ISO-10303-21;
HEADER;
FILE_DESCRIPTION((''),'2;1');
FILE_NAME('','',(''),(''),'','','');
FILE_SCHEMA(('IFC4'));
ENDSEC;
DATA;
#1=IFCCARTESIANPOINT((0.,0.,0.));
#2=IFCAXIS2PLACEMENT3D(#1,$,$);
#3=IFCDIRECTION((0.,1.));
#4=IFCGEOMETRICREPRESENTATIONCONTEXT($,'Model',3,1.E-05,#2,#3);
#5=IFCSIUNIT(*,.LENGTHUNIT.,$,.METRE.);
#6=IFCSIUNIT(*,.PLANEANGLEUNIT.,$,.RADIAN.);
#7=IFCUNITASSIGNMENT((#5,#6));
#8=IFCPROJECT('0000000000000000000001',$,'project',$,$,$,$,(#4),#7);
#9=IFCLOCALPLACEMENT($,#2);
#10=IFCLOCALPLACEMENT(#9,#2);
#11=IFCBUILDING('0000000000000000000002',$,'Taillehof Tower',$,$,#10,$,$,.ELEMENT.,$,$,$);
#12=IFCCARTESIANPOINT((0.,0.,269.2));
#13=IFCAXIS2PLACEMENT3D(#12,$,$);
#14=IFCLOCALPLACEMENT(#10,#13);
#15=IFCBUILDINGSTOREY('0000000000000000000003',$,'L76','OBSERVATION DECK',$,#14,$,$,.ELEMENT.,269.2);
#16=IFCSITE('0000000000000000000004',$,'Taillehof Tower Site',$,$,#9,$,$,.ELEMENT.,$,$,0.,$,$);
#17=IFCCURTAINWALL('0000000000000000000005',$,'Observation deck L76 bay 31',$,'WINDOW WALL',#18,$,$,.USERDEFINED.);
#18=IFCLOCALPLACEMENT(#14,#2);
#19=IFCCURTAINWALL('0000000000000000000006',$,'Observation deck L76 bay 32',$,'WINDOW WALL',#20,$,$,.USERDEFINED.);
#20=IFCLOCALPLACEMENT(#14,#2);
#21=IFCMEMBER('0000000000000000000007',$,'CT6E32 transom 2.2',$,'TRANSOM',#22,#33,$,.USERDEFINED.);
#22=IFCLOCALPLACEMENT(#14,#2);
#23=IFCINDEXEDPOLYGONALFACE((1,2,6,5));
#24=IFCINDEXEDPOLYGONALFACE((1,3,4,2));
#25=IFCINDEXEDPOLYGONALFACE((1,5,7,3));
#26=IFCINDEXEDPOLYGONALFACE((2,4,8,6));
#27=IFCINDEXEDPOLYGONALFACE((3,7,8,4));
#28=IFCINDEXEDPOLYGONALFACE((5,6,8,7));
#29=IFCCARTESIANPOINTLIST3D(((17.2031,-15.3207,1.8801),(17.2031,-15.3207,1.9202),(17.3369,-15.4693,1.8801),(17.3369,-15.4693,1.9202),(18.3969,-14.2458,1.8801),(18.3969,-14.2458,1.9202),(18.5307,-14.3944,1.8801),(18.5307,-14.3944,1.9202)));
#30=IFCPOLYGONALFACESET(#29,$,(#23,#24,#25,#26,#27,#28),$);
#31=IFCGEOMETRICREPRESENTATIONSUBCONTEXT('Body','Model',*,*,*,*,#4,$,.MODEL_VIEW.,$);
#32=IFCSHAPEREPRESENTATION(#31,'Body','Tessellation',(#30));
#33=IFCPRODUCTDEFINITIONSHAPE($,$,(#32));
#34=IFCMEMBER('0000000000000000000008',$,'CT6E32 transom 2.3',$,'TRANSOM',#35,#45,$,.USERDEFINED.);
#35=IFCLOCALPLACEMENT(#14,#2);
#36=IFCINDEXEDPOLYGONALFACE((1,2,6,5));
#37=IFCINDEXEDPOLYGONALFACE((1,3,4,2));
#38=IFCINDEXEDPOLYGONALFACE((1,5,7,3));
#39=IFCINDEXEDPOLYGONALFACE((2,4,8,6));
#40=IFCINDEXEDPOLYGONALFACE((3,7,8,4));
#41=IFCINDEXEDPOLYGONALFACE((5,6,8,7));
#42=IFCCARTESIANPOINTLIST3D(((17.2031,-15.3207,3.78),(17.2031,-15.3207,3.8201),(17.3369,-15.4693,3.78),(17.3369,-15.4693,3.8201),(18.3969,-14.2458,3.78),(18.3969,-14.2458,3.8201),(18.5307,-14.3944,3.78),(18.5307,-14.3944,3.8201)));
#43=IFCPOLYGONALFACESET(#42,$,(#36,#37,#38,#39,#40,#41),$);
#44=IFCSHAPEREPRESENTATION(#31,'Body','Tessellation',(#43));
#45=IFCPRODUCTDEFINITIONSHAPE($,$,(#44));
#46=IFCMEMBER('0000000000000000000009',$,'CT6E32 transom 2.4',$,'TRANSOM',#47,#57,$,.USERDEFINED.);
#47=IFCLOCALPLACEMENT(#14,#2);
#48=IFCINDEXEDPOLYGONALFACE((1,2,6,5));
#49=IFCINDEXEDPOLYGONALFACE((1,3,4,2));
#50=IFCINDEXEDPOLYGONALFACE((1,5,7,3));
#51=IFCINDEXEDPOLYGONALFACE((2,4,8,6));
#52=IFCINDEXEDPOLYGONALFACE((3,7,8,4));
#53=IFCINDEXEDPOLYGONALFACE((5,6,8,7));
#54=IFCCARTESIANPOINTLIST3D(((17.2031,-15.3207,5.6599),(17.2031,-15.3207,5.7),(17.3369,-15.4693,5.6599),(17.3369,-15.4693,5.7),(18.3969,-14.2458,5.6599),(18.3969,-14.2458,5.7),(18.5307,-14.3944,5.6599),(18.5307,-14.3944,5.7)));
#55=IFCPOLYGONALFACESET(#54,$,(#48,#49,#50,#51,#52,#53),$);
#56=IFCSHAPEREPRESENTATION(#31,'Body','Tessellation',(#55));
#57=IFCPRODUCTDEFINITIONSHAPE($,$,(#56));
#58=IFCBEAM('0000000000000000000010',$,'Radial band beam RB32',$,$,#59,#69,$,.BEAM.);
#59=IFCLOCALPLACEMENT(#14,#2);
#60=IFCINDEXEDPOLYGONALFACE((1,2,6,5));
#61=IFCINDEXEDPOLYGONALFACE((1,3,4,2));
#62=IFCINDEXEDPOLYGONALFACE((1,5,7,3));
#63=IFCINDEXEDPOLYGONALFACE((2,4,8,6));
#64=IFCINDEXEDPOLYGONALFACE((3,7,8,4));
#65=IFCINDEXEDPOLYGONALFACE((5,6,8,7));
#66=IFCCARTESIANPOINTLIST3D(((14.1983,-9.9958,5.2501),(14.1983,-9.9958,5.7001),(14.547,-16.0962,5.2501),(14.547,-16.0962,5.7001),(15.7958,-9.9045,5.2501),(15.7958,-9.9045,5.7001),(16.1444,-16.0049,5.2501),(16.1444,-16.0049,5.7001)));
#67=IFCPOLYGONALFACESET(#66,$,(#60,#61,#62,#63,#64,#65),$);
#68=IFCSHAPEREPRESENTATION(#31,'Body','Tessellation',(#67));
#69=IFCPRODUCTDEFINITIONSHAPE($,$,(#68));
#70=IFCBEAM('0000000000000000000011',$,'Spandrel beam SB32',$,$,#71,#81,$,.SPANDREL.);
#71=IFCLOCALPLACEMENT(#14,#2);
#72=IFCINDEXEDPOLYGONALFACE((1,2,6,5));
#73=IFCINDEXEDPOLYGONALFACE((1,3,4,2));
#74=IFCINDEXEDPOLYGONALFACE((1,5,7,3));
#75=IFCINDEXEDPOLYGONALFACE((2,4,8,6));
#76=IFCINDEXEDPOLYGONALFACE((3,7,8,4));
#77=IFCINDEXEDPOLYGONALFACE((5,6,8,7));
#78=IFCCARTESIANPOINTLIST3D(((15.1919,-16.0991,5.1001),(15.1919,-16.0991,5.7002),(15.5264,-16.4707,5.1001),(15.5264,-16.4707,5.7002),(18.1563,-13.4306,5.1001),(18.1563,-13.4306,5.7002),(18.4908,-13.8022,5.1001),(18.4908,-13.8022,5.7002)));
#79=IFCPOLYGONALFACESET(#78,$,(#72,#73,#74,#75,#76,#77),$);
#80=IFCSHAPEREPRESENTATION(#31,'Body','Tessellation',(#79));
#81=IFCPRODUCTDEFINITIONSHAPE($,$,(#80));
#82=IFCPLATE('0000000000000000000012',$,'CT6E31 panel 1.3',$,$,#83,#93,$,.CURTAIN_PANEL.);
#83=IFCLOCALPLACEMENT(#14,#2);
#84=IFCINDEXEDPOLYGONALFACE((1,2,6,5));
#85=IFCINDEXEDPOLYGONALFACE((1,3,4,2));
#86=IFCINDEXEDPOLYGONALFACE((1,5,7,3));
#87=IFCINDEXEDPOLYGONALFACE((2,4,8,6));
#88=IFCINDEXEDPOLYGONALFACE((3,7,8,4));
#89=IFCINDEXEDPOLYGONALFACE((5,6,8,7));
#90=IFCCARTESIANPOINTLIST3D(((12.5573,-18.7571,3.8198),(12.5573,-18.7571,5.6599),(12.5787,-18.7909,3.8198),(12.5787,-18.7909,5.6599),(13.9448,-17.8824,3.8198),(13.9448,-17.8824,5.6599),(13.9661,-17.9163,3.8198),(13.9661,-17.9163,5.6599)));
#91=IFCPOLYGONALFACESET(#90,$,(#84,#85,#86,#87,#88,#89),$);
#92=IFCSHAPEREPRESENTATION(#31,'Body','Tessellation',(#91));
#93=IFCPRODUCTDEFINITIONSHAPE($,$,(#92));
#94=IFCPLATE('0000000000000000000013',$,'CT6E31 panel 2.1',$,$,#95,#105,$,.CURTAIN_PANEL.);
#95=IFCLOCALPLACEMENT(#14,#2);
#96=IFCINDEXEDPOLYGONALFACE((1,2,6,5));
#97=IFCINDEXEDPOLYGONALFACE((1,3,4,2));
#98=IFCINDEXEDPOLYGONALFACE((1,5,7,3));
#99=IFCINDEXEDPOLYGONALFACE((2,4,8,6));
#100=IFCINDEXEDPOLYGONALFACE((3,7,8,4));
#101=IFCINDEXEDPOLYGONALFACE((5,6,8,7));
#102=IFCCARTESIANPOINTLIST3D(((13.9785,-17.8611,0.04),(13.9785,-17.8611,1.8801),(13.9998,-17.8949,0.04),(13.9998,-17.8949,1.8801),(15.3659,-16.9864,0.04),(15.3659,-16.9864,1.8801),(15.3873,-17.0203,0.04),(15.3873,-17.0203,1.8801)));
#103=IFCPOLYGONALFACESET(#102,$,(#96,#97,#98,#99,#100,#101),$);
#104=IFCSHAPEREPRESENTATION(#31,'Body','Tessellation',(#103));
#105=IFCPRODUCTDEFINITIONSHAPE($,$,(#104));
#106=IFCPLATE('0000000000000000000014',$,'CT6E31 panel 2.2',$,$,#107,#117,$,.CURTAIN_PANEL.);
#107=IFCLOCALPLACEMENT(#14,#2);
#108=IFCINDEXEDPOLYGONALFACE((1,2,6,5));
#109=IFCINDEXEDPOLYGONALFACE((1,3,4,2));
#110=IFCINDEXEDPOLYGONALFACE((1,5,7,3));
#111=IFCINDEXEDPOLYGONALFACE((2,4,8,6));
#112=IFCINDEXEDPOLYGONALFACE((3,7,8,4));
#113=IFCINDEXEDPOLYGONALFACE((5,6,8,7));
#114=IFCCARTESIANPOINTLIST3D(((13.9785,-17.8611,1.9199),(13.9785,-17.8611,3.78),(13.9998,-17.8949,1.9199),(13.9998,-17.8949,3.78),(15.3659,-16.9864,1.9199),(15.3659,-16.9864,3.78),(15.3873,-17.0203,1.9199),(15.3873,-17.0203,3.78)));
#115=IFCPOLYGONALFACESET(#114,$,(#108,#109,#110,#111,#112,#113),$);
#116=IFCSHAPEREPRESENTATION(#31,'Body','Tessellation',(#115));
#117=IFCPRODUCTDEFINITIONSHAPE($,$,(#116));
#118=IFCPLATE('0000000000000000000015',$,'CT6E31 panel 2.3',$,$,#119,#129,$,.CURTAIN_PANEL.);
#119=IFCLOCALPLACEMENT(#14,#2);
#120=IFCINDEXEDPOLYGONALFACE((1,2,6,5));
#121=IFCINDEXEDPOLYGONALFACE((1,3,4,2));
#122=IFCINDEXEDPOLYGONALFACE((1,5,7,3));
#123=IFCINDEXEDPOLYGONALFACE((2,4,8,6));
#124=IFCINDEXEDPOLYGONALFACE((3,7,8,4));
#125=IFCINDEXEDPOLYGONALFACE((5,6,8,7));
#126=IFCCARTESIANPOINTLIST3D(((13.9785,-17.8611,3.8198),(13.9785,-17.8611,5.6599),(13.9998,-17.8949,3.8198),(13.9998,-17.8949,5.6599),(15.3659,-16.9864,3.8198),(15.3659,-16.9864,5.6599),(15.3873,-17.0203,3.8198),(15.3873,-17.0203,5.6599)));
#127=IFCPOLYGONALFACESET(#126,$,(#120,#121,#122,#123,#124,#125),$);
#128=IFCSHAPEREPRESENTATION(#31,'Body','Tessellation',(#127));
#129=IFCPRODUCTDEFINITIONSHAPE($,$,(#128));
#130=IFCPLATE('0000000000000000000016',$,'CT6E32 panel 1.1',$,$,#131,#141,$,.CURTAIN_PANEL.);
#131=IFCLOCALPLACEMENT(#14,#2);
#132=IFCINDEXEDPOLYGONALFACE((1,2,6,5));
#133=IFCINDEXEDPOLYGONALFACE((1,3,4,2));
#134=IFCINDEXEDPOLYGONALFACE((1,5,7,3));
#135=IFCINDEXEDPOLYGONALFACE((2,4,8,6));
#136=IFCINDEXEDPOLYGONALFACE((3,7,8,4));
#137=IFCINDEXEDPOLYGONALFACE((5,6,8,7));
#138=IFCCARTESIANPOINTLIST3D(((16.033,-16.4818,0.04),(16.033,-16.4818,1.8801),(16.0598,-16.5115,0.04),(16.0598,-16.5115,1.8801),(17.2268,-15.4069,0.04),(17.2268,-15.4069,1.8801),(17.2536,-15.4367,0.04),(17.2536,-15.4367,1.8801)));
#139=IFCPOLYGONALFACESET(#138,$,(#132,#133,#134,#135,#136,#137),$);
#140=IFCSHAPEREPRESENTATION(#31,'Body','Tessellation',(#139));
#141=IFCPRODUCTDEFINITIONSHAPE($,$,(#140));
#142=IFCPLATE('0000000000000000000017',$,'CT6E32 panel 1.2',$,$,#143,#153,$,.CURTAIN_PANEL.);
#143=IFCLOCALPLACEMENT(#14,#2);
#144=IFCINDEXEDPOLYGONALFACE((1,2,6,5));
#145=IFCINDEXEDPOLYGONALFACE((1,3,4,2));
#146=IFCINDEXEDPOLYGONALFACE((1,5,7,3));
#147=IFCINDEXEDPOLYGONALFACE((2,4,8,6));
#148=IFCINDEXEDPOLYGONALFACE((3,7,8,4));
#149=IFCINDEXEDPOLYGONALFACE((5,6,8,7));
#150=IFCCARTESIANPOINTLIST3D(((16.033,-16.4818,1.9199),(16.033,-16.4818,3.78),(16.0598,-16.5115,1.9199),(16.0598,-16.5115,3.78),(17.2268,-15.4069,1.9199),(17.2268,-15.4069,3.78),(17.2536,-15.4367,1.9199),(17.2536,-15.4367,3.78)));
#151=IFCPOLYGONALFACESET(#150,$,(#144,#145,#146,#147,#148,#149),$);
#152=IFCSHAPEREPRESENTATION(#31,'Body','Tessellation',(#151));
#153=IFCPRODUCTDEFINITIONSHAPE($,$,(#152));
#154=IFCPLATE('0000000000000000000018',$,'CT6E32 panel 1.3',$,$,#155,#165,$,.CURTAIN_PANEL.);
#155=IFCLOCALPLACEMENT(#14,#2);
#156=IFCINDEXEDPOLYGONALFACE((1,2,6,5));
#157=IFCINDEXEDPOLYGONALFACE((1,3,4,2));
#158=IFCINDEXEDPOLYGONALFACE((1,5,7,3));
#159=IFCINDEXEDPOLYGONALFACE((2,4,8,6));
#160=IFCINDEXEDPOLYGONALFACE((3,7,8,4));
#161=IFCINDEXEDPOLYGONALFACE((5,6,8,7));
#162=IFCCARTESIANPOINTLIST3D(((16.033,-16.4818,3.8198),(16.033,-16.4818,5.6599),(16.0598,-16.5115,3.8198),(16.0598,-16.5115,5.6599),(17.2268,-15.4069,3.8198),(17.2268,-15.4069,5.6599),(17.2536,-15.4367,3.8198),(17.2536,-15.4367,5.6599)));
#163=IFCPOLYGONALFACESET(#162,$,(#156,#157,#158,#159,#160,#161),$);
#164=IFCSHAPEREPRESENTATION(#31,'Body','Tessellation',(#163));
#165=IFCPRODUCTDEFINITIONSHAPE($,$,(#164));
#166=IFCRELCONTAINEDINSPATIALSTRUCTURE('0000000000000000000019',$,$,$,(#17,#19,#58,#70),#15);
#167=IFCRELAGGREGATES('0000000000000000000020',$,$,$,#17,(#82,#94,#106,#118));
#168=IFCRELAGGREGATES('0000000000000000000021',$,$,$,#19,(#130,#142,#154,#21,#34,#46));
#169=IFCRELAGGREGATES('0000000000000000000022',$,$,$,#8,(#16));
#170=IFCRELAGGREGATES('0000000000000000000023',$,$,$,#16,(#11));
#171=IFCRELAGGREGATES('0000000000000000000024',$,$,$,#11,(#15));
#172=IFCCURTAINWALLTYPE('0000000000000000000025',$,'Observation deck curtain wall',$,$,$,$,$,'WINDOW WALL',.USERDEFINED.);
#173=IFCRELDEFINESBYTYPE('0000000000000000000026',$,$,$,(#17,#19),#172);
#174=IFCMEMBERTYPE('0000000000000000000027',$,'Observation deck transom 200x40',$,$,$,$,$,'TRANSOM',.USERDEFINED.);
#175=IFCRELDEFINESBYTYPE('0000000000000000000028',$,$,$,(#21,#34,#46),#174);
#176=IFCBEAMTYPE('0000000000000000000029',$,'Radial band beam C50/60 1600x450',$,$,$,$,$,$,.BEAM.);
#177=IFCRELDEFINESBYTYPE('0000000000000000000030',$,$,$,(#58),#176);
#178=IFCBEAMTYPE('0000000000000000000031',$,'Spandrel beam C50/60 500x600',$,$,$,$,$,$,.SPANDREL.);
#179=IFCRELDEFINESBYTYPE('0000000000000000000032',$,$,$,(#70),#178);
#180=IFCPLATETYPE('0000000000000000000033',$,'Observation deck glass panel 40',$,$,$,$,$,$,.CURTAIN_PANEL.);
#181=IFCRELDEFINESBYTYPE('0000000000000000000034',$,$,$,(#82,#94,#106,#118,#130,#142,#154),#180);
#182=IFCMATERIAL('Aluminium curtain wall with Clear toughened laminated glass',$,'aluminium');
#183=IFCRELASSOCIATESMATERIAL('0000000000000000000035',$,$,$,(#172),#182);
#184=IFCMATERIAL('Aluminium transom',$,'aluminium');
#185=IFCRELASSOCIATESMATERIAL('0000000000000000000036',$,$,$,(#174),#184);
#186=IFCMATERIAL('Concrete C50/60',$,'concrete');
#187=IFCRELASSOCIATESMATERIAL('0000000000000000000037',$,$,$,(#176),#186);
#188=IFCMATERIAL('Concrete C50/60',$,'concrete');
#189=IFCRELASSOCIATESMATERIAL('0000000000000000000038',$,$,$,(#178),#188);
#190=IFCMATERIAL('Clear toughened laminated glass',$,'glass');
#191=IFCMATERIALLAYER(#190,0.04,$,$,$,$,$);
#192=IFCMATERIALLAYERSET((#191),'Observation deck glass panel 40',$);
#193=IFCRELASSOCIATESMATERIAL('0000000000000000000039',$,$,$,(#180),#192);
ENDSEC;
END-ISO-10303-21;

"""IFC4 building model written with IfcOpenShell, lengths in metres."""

from ifc_helpers import new_model, si_unit, direction, frame, origin, origin_2d, place, context, subcontext, project, spatial, rectangle, extrude, material, layer, layer_set, material_profile, profile_set, type_object, element, aggregate, save


model = new_model("IFC4")

# Units and contexts
model_context = context("Model", 3, precision=1e-05, world=origin(), true_north=direction((0.0, 1.0)))
body_context = subcontext(model_context, "Body", "Model", "MODEL_VIEW")
ifc_project = project(units=[si_unit("LENGTHUNIT", "METRE"), si_unit("PLANEANGLEUNIT", "RADIAN")], contexts=[model_context])

# Site, building, storey
site_placement = place(None, origin())
site = spatial("IfcSite", under=ifc_project, at=site_placement, Name="Taillehof Tower Site", CompositionType="ELEMENT", RefElevation=0.0)
building_placement = place(site_placement, origin())
building = spatial("IfcBuilding", under=site, at=building_placement, Name="Taillehof Tower", CompositionType="ELEMENT")
storey_placement = place(building_placement, frame((0.0, 0.0, 269.2)))
storey = spatial("IfcBuildingStorey", under=building, at=storey_placement, Name="L76", Description="OBSERVATION DECK", CompositionType="ELEMENT", Elevation=269.2)

# Curtain walls
ifc_material_1 = material(Name="Aluminium curtain wall with Clear toughened laminated glass", Category="aluminium")
curtain_wall_type = type_object("IfcCurtainWallType", Name="Observation deck curtain wall", ElementType="WINDOW WALL", PredefinedType="USERDEFINED", material=ifc_material_1)
curtain_wall_1_placement = place(storey_placement, origin())
curtain_wall_1 = element("IfcCurtainWall", 1, at=curtain_wall_1_placement, inside=storey, type_object=curtain_wall_type, Name="Observation deck L76 bay 31", ObjectType="WINDOW WALL", PredefinedType="USERDEFINED")
curtain_wall_2_placement = place(storey_placement, origin())
curtain_wall_2 = element("IfcCurtainWall", 2, at=curtain_wall_2_placement, inside=storey, type_object=curtain_wall_type, Name="Observation deck L76 bay 32", ObjectType="WINDOW WALL", PredefinedType="USERDEFINED")

# Members
ifc_material_2 = material(Name="Aluminium transom", Category="aluminium")
ifc_material_profile_1 = material_profile(ifc_material_2, rectangle(XDim=0.2, YDim=0.04, at=origin_2d()), Name="AL 200x40")
ifc_profile_set_1 = profile_set([ifc_material_profile_1], Name="Aluminium transom")
member_type_1 = type_object("IfcMemberType", Name="Observation deck transom 200x40", ElementType="TRANSOM", PredefinedType="USERDEFINED", material=ifc_profile_set_1)
member_1_placement = place(storey_placement, frame((17.27, -15.395, 1.9001), z_axis=(0.743143, 0.669133, 0.0), x_axis=(-0.669133, 0.743143, 0.0)))
member_1 = element("IfcMember", 3, at=member_1_placement, type_object=member_type_1, Name="CT6E32 transom 2.2", ObjectType="TRANSOM", PredefinedType="USERDEFINED", context=body_context, shape_type="SweptSolid", body=[
    extrude(rectangle(XDim=0.2, YDim=0.04, at=origin_2d()), origin(), (0.0, 0.0, 1.0), 1.6064),
])
member_2_placement = place(storey_placement, frame((17.27, -15.395, 3.8), z_axis=(0.743143, 0.669133, 0.0), x_axis=(-0.669133, 0.743143, 0.0)))
member_2 = element("IfcMember", 4, at=member_2_placement, type_object=member_type_1, Name="CT6E32 transom 2.3", ObjectType="TRANSOM", PredefinedType="USERDEFINED", context=body_context, shape_type="SweptSolid", body=[
    extrude(rectangle(XDim=0.2, YDim=0.04, at=origin_2d()), origin(), (0.0, 0.0, 1.0), 1.6064),
])
member_3_placement = place(storey_placement, frame((17.27, -15.395, 5.6799), z_axis=(0.743143, 0.669133, 0.0), x_axis=(-0.669133, 0.743143, 0.0)))
member_3 = element("IfcMember", 5, at=member_3_placement, type_object=member_type_1, Name="CT6E32 transom 2.4", ObjectType="TRANSOM", PredefinedType="USERDEFINED", context=body_context, shape_type="SweptSolid", body=[
    extrude(rectangle(XDim=0.2, YDim=0.04, at=origin_2d()), origin(), (0.0, 0.0, 1.0), 1.6064),
])

# Beams
ifc_material_3 = material(Name="Concrete C50/60", Category="concrete")
ifc_material_profile_2 = material_profile(ifc_material_3, rectangle(XDim=1.6001, YDim=0.45, at=origin_2d()), Name="RC 1600x450")
ifc_profile_set_2 = profile_set([ifc_material_profile_2], Name="Concrete C50/60")
beam_type_1 = type_object("IfcBeamType", Name="Radial band beam C50/60 1600x450", PredefinedType="BEAM", material=ifc_profile_set_2)
beam_1_placement = place(storey_placement, frame((15.3457, -16.0505, 5.4751), z_axis=(-0.057057, 0.998371, 0.0), x_axis=(-0.998371, -0.057057, 0.0)))
element("IfcBeam", 6, at=beam_1_placement, inside=storey, type_object=beam_type_1, Name="Radial band beam RB32", PredefinedType="BEAM", context=body_context, shape_type="SweptSolid", body=[
    extrude(rectangle(XDim=1.6001, YDim=0.45, at=origin_2d()), origin(), (0.0, 0.0, 1.0), 6.1104),
])
ifc_material_4 = material(Name="Concrete C50/60", Category="concrete")
ifc_material_profile_3 = material_profile(ifc_material_4, rectangle(XDim=0.5, YDim=0.6001, at=origin_2d()), Name="RC 500x600")
ifc_profile_set_3 = profile_set([ifc_material_profile_3], Name="Concrete C50/60")
beam_type_2 = type_object("IfcBeamType", Name="Spandrel beam C50/60 500x600", PredefinedType="SPANDREL", material=ifc_profile_set_3)
beam_2_placement = place(storey_placement, frame((15.3591, -16.2849, 5.4001), z_axis=(0.743227, 0.669039, 0.0), x_axis=(-0.669039, 0.743227, 0.0)))
element("IfcBeam", 7, at=beam_2_placement, inside=storey, type_object=beam_type_2, Name="Spandrel beam SB32", PredefinedType="SPANDREL", context=body_context, shape_type="SweptSolid", body=[
    extrude(rectangle(XDim=0.5, YDim=0.6001, at=origin_2d()), origin(), (0.0, 0.0, 1.0), 3.9885),
])

# Plates
ifc_material_5 = material(Name="Clear toughened laminated glass", Category="glass")
ifc_layer = layer(ifc_material_5, 0.04)
ifc_layer_set = layer_set([ifc_layer], Name="Observation deck glass panel 40")
plate_type = type_object("IfcPlateType", Name="Observation deck glass panel 40", PredefinedType="CURTAIN_PANEL", material=ifc_layer_set)
plate_1_placement = place(storey_placement, frame((13.2617, -18.3367, 3.8198), z_axis=(0.0, 0.0, 1.0), x_axis=(0.84593, 0.533294, 0.0)))
plate_1 = element("IfcPlate", 8, at=plate_1_placement, type_object=plate_type, Name="CT6E31 panel 1.3", PredefinedType="CURTAIN_PANEL", context=body_context, shape_type="SweptSolid", body=[
    extrude(rectangle(XDim=1.6401, YDim=0.04, at=origin_2d()), origin(), (0.0, 0.0, 1.0), 1.8401),
])
plate_2_placement = place(storey_placement, frame((14.6829, -17.4407, 0.04), z_axis=(0.0, 0.0, 1.0), x_axis=(0.84593, 0.533294, 0.0)))
plate_2 = element("IfcPlate", 9, at=plate_2_placement, type_object=plate_type, Name="CT6E31 panel 2.1", PredefinedType="CURTAIN_PANEL", context=body_context, shape_type="SweptSolid", body=[
    extrude(rectangle(XDim=1.6401, YDim=0.04, at=origin_2d()), origin(), (0.0, 0.0, 1.0), 1.8401),
])
plate_3_placement = place(storey_placement, frame((14.6829, -17.4407, 1.9199), z_axis=(0.0, 0.0, 1.0), x_axis=(0.84593, 0.533294, 0.0)))
plate_3 = element("IfcPlate", 10, at=plate_3_placement, type_object=plate_type, Name="CT6E31 panel 2.2", PredefinedType="CURTAIN_PANEL", context=body_context, shape_type="SweptSolid", body=[
    extrude(rectangle(XDim=1.6401, YDim=0.04, at=origin_2d()), origin(), (0.0, 0.0, 1.0), 1.8601),
])
plate_4_placement = place(storey_placement, frame((14.6829, -17.4407, 3.8198), z_axis=(0.0, 0.0, 1.0), x_axis=(0.84593, 0.533294, 0.0)))
plate_4 = element("IfcPlate", 11, at=plate_4_placement, type_object=plate_type, Name="CT6E31 panel 2.3", PredefinedType="CURTAIN_PANEL", context=body_context, shape_type="SweptSolid", body=[
    extrude(rectangle(XDim=1.6401, YDim=0.04, at=origin_2d()), origin(), (0.0, 0.0, 1.0), 1.8401),
])
aggregate(curtain_wall_1, [plate_1, plate_2, plate_3, plate_4])
plate_5_placement = place(storey_placement, frame((16.6433, -15.9592, 0.04), z_axis=(0.0, 0.0, 1.0), x_axis=(0.743166, 0.669107, 0.0)))
plate_5 = element("IfcPlate", 12, at=plate_5_placement, type_object=plate_type, Name="CT6E32 panel 1.1", PredefinedType="CURTAIN_PANEL", context=body_context, shape_type="SweptSolid", body=[
    extrude(rectangle(XDim=1.6064, YDim=0.04, at=origin_2d()), origin(), (0.0, 0.0, 1.0), 1.8401),
])
plate_6_placement = place(storey_placement, frame((16.6433, -15.9592, 1.9199), z_axis=(0.0, 0.0, 1.0), x_axis=(0.743166, 0.669107, 0.0)))
plate_6 = element("IfcPlate", 13, at=plate_6_placement, type_object=plate_type, Name="CT6E32 panel 1.2", PredefinedType="CURTAIN_PANEL", context=body_context, shape_type="SweptSolid", body=[
    extrude(rectangle(XDim=1.6064, YDim=0.04, at=origin_2d()), origin(), (0.0, 0.0, 1.0), 1.8601),
])
plate_7_placement = place(storey_placement, frame((16.6433, -15.9592, 3.8198), z_axis=(0.0, 0.0, 1.0), x_axis=(0.743166, 0.669107, 0.0)))
plate_7 = element("IfcPlate", 14, at=plate_7_placement, type_object=plate_type, Name="CT6E32 panel 1.3", PredefinedType="CURTAIN_PANEL", context=body_context, shape_type="SweptSolid", body=[
    extrude(rectangle(XDim=1.6064, YDim=0.04, at=origin_2d()), origin(), (0.0, 0.0, 1.0), 1.8401),
])
aggregate(curtain_wall_2, [plate_5, plate_6, plate_7, member_1, member_2, member_3])

save(model, "model.ifc")
